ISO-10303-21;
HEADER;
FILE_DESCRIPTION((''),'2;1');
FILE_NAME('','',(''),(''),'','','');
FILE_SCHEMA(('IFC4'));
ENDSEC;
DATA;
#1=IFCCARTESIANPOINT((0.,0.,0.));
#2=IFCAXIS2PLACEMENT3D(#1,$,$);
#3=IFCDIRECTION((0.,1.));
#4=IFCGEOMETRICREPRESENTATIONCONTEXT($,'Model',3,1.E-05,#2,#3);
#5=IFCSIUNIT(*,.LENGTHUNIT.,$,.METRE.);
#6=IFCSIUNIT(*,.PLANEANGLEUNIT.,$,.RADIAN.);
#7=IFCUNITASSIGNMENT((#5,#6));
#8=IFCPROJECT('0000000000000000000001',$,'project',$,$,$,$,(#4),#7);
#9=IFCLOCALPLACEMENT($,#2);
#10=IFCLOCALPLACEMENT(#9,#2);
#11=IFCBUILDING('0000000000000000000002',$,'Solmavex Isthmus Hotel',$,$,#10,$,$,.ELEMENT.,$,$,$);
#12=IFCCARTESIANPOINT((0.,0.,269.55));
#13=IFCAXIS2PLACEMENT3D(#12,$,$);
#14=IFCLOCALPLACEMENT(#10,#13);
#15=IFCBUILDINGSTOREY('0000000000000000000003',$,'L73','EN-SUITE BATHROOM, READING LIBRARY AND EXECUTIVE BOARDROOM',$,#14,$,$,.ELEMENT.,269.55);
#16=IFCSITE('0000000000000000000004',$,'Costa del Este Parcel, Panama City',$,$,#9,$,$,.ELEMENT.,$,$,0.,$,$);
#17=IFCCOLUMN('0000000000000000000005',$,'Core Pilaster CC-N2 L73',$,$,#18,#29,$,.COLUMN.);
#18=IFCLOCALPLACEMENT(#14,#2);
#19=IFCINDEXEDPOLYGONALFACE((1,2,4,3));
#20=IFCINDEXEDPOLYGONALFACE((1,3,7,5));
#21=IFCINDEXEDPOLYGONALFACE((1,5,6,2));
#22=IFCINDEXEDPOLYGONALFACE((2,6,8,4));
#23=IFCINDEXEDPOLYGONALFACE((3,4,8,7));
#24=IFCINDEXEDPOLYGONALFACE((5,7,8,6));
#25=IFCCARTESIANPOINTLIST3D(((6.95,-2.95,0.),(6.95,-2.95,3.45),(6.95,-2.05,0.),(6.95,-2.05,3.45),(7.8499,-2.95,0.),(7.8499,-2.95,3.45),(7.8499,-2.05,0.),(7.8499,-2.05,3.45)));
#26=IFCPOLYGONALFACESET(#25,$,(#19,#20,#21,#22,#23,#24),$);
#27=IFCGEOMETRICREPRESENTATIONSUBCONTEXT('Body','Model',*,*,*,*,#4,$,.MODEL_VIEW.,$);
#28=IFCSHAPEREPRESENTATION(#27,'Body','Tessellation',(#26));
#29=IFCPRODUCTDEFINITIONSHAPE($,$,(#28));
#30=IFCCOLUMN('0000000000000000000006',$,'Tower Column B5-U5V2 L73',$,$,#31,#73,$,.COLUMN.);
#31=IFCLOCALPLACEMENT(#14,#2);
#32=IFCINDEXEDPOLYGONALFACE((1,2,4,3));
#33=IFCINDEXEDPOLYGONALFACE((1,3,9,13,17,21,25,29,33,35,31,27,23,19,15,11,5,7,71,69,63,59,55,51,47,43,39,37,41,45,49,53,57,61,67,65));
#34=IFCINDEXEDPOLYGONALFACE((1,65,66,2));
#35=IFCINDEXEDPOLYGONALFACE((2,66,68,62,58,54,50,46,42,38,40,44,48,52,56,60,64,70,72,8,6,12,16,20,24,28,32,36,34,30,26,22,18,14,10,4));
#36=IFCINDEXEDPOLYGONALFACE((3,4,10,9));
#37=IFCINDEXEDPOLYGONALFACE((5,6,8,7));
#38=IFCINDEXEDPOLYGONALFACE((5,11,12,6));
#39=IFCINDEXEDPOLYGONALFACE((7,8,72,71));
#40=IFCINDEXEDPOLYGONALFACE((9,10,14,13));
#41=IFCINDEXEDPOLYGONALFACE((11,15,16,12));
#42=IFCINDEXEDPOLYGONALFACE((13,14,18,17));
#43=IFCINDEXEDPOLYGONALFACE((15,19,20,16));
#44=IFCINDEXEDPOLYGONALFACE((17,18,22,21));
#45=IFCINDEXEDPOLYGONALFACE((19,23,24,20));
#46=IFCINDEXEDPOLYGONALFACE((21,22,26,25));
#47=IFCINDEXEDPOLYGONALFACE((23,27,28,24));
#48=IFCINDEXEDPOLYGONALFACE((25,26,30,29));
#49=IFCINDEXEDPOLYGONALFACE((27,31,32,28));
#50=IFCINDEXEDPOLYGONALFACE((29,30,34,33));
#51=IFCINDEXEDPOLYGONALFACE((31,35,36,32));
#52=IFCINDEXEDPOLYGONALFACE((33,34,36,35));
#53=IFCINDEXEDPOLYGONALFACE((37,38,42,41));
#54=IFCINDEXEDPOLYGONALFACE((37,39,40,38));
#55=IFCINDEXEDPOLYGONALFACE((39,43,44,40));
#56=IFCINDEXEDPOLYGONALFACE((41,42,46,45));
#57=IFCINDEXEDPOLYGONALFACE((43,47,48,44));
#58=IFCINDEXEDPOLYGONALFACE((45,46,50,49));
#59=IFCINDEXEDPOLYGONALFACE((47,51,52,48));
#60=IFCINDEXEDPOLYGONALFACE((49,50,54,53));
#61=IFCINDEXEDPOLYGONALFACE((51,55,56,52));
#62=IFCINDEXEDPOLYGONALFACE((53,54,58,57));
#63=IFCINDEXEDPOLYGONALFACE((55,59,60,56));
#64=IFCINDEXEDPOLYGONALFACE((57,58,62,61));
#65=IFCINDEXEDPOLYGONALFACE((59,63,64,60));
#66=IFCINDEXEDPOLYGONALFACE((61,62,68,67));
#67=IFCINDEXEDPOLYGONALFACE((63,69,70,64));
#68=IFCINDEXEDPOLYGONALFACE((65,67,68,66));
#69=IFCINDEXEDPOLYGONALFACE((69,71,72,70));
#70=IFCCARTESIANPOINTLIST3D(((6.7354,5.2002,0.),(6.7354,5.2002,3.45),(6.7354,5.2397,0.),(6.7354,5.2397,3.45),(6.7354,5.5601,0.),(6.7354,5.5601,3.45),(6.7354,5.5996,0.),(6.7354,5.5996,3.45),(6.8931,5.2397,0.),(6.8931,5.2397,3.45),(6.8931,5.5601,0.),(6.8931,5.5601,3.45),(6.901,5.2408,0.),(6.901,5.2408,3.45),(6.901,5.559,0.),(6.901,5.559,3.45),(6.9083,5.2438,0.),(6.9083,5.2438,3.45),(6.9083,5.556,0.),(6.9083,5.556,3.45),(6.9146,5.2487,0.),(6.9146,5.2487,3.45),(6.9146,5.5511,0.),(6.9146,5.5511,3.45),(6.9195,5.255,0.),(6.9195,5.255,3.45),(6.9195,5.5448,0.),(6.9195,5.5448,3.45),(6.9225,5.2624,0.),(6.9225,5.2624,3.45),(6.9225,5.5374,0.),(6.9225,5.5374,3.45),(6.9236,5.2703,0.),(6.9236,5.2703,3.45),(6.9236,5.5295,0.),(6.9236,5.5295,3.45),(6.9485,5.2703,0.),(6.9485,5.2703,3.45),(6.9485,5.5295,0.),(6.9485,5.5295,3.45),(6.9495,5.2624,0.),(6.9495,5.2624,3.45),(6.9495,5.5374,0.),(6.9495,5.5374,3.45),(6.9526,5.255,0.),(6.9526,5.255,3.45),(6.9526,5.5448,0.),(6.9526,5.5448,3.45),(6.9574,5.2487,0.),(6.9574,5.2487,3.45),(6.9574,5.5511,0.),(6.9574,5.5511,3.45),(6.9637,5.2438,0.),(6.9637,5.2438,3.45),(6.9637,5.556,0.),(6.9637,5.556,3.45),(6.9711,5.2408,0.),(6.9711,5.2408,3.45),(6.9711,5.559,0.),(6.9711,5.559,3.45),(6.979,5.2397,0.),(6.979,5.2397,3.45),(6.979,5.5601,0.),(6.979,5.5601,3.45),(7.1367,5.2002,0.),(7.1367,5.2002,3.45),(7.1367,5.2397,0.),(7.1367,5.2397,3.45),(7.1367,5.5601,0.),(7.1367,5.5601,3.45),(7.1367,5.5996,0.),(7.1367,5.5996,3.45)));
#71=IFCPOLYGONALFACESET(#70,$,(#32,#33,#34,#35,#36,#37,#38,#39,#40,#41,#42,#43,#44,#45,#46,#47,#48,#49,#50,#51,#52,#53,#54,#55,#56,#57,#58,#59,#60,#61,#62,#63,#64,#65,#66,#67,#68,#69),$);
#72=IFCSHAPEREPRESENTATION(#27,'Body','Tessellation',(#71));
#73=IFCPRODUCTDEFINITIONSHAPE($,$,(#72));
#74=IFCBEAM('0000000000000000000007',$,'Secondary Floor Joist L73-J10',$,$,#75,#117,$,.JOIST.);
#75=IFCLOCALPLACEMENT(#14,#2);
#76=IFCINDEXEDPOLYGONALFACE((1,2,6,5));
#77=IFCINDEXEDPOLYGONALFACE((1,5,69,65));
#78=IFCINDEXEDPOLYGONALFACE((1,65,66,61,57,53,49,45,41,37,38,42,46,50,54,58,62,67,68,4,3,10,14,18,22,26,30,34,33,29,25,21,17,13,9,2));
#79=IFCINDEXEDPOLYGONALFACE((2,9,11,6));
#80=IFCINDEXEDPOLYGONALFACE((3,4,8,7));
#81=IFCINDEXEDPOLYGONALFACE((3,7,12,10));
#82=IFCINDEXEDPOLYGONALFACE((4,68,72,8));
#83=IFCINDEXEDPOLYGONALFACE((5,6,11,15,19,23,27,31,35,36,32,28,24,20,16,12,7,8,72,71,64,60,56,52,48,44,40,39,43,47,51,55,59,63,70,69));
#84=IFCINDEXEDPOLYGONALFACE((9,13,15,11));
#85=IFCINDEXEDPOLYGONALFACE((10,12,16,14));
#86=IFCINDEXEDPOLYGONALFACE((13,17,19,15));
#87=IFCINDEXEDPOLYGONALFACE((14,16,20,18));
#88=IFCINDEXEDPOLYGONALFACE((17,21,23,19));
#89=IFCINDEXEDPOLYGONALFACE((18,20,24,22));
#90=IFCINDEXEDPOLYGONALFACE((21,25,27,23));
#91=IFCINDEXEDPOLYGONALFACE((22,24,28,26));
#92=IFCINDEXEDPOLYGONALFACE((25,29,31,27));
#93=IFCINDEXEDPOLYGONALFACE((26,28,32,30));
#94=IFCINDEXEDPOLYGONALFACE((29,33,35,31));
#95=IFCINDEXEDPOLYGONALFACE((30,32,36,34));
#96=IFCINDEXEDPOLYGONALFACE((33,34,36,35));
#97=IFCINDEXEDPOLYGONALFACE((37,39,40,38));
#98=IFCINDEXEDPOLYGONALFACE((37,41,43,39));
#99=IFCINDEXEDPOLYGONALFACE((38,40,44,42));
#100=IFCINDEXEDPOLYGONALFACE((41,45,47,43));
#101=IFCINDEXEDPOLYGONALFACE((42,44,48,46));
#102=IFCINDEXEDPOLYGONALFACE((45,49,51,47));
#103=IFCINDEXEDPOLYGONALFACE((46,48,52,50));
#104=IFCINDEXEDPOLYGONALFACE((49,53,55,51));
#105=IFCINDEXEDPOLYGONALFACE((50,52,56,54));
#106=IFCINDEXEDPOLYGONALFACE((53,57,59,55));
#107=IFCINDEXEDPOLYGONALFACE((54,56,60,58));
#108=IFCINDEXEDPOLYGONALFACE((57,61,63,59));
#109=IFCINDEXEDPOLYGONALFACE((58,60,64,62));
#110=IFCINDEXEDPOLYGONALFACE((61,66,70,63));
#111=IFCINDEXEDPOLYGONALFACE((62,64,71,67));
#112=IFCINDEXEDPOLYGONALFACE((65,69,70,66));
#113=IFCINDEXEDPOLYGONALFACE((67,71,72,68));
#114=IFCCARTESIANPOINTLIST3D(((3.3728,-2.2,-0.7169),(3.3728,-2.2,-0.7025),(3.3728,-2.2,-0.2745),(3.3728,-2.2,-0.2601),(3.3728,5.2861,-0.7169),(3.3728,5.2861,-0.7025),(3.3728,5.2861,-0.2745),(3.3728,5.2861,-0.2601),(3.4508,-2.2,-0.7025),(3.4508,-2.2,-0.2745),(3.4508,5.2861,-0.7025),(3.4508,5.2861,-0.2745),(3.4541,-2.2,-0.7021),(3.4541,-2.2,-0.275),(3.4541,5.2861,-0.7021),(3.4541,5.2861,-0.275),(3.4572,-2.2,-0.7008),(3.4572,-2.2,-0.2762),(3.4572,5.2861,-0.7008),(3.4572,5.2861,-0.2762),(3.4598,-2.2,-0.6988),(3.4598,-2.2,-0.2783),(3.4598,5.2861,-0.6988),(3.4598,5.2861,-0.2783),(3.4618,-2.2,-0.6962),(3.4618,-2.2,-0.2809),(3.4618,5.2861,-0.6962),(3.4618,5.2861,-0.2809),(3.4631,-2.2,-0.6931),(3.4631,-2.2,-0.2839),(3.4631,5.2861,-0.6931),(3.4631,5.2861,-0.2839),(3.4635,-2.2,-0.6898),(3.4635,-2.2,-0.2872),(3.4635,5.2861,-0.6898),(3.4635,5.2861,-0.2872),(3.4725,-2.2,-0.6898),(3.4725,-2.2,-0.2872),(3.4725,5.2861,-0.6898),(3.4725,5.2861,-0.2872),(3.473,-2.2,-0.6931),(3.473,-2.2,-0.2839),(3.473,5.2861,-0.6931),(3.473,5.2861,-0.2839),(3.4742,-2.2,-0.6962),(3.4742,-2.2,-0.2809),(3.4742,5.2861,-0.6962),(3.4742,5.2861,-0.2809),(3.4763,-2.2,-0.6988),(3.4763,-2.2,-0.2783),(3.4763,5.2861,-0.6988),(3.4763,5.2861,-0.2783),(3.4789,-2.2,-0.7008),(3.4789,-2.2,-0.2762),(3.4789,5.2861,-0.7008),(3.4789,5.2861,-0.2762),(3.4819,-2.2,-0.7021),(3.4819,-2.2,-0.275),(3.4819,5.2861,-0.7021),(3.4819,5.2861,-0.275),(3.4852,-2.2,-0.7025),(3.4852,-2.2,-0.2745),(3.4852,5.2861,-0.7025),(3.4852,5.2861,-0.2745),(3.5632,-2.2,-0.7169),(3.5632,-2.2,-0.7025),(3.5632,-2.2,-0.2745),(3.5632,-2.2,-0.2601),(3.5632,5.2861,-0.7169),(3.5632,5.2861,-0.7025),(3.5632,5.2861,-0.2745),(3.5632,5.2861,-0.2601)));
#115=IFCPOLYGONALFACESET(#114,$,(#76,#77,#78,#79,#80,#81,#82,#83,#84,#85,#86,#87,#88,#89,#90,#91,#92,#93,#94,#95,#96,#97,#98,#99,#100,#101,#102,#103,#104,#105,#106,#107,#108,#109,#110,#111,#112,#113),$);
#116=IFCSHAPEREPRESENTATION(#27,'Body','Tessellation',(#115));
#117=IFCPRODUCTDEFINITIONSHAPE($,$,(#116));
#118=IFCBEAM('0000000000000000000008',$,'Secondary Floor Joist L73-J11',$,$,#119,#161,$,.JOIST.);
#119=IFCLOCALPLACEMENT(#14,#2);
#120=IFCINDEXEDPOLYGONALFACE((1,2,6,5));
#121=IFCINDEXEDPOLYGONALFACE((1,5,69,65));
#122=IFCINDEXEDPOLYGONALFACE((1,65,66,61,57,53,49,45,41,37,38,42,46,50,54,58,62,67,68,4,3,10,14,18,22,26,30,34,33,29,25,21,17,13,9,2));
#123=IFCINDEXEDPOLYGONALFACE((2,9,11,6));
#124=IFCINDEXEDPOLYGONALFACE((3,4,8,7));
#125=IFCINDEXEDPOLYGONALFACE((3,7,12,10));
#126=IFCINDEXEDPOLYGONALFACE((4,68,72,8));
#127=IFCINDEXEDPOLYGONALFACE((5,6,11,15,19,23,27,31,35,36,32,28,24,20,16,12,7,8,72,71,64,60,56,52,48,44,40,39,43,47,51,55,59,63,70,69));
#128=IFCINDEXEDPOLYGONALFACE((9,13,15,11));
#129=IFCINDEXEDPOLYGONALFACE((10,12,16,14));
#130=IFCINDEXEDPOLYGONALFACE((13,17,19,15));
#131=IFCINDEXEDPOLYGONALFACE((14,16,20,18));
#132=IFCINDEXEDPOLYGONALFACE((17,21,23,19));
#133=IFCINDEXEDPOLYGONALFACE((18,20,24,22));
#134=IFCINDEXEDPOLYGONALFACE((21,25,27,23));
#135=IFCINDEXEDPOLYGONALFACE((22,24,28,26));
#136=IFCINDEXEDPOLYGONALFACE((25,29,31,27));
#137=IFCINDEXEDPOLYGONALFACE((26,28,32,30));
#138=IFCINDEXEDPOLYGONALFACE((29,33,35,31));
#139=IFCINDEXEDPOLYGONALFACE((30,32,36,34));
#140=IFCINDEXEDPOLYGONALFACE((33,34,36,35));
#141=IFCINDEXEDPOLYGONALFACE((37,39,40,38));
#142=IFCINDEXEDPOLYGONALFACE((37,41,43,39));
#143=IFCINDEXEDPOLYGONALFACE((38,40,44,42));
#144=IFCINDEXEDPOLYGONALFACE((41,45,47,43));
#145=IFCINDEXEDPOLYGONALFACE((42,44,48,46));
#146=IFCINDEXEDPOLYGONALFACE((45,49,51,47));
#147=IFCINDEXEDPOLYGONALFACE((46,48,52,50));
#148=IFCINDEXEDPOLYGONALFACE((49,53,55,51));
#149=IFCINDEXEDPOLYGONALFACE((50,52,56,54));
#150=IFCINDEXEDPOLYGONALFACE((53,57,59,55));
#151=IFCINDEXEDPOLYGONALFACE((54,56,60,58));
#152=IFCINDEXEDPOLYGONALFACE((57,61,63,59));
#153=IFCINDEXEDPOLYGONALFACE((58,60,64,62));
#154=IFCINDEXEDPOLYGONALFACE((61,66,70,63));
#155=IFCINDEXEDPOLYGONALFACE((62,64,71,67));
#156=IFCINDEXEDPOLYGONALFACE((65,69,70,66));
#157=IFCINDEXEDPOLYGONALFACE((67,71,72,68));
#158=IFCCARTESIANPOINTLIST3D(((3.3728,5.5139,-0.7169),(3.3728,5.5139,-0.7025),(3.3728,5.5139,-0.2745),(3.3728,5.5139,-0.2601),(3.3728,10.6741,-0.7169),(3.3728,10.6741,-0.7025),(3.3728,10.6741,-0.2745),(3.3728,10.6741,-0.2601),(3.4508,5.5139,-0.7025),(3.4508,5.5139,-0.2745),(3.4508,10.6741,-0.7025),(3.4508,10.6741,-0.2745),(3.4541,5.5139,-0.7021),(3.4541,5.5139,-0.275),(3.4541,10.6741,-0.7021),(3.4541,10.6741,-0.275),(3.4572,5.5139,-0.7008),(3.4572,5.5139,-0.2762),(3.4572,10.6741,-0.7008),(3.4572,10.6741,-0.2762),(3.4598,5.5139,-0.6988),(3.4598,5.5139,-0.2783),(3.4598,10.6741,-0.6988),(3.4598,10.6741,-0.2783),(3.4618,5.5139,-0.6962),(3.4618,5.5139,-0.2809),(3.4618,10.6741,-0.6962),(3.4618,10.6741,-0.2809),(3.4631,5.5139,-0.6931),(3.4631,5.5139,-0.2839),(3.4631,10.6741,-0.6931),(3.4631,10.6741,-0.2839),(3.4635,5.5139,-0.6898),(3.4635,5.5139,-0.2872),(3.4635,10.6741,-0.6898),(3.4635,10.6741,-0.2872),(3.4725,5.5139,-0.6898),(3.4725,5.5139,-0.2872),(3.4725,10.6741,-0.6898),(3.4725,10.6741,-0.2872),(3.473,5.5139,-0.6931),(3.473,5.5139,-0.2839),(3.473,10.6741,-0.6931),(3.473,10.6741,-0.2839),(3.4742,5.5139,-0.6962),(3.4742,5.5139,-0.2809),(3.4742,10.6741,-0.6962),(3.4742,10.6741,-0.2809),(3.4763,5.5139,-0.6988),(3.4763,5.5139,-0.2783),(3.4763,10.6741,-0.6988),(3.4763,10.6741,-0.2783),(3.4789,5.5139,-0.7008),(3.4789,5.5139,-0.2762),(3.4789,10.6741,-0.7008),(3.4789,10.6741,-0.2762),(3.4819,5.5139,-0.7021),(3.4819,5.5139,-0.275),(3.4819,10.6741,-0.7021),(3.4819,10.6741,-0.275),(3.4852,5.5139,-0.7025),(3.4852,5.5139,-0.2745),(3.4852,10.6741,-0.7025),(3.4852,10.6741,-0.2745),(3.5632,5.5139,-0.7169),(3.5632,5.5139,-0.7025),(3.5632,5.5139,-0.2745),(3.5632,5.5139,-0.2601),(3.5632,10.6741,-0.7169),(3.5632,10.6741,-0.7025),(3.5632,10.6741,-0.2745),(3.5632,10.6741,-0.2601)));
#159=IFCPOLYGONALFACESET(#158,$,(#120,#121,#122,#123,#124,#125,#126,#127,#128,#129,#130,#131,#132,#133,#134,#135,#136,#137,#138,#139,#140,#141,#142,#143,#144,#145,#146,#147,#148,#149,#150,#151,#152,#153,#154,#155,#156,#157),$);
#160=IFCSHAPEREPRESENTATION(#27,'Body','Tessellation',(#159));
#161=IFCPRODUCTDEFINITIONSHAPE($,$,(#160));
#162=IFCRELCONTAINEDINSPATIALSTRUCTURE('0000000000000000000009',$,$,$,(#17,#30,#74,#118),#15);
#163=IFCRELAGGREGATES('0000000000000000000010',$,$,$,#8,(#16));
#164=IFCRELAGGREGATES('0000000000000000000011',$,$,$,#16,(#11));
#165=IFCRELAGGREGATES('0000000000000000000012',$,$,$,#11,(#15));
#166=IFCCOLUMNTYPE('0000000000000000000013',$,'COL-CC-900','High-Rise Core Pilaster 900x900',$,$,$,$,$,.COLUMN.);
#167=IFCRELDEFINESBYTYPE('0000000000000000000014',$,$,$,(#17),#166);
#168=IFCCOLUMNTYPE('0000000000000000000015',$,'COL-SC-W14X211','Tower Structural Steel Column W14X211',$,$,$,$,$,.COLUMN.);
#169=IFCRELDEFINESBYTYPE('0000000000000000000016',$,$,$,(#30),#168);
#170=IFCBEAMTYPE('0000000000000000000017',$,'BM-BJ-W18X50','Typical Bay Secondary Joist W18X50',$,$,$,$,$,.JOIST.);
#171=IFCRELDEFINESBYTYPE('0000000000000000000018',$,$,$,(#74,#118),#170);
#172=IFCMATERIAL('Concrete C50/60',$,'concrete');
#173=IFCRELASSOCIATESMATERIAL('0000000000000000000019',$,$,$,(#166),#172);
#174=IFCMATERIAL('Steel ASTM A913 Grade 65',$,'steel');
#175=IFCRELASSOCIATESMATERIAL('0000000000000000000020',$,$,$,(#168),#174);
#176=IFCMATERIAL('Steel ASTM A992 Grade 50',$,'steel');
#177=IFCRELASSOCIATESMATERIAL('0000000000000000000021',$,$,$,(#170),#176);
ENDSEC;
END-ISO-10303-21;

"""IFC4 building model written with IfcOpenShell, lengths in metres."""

from ifc_helpers import new_model, si_unit, direction, frame, origin, origin_2d, place, context, subcontext, project, spatial, rectangle, i_section, extrude, material, material_profile, profile_set, type_object, element, save


model = new_model("IFC4")

# Units and contexts
model_context = context("Model", 3, precision=1e-05, world=origin(), true_north=direction((0.0, 1.0)))
body_context = subcontext(model_context, "Body", "Model", "MODEL_VIEW")
ifc_project = project(units=[si_unit("LENGTHUNIT", "METRE"), si_unit("PLANEANGLEUNIT", "RADIAN")], contexts=[model_context])

# Site, building, storey
site_placement = place(None, origin())
site = spatial("IfcSite", under=ifc_project, at=site_placement, Name="Costa del Este Parcel, Panama City", CompositionType="ELEMENT", RefElevation=0.0)
building_placement = place(site_placement, origin())
building = spatial("IfcBuilding", under=site, at=building_placement, Name="Solmavex Isthmus Hotel", CompositionType="ELEMENT")
storey_placement = place(building_placement, frame((0.0, 0.0, 269.55)))
storey = spatial("IfcBuildingStorey", under=building, at=storey_placement, Name="L73", Description="EN-SUITE BATHROOM, READING LIBRARY AND EXECUTIVE BOARDROOM", CompositionType="ELEMENT", Elevation=269.55)

# Columns
ifc_material_1 = material(Name="Concrete C50/60", Category="concrete")
ifc_material_profile_1 = material_profile(ifc_material_1, rectangle(XDim=0.8999, YDim=0.8999, at=origin_2d()), Name="RC900X900")
ifc_profile_set_1 = profile_set([ifc_material_profile_1], Name="Concrete C50/60")
column_type_1 = type_object("IfcColumnType", Name="COL-CC-900", Description="High-Rise Core Pilaster 900x900", PredefinedType="COLUMN", material=ifc_profile_set_1)
column_1_placement = place(storey_placement, frame((7.3999, -2.5, 0.0), z_axis=(0.0, 0.0, 1.0), x_axis=(1.0, 0.0, 0.0)))
element("IfcColumn", 1, at=column_1_placement, inside=storey, type_object=column_type_1, Name="Core Pilaster CC-N2 L73", PredefinedType="COLUMN", context=body_context, shape_type="SweptSolid", body=[
    extrude(rectangle(XDim=0.8999, YDim=0.8999, at=origin_2d()), origin(), (0.0, 0.0, 1.0), 3.45),
])
ifc_material_2 = material(Name="Steel ASTM A913 Grade 65", Category="steel")
ifc_material_profile_2 = material_profile(ifc_material_2, i_section(OverallWidth=0.4014, OverallDepth=0.3994, WebThickness=0.0249, FlangeThickness=0.0396, FilletRadius=0.0305, at=origin_2d()), Name="W14X211")
ifc_profile_set_2 = profile_set([ifc_material_profile_2], Name="Steel ASTM A913 Grade 65")
column_type_2 = type_object("IfcColumnType", Name="COL-SC-W14X211", Description="Tower Structural Steel Column W14X211", PredefinedType="COLUMN", material=ifc_profile_set_2)
column_2_placement = place(storey_placement, frame((6.936, 5.3999, 0.0), z_axis=(0.0, 0.0, 1.0), x_axis=(1.0, 0.0, 0.0)))
element("IfcColumn", 2, at=column_2_placement, inside=storey, type_object=column_type_2, Name="Tower Column B5-U5V2 L73", PredefinedType="COLUMN", context=body_context, shape_type="SweptSolid", body=[
    extrude(i_section(OverallWidth=0.4014, OverallDepth=0.3994, WebThickness=0.0249, FlangeThickness=0.0396, FilletRadius=0.0305, at=origin_2d()), origin(), (0.0, 0.0, 1.0), 3.45),
])

# Beams
ifc_material_3 = material(Name="Steel ASTM A992 Grade 50", Category="steel")
ifc_material_profile_3 = material_profile(ifc_material_3, i_section(OverallWidth=0.1904, OverallDepth=0.4568, WebThickness=0.009, FlangeThickness=0.0144, FilletRadius=0.0127, at=origin_2d()), Name="W18X50")
ifc_profile_set_3 = profile_set([ifc_material_profile_3], Name="Steel ASTM A992 Grade 50")
beam_type_1 = type_object("IfcBeamType", Name="BM-BJ-W18X50", Description="Typical Bay Secondary Joist W18X50", PredefinedType="JOIST", material=ifc_profile_set_3)
beam_1_placement = place(storey_placement, frame((3.468, -2.2, -0.4885), z_axis=(0.0, 1.0, 0.0), x_axis=(-1.0, 0.0, 0.0)))
element("IfcBeam", 3, at=beam_1_placement, inside=storey, type_object=beam_type_1, Name="Secondary Floor Joist L73-J10", PredefinedType="JOIST", context=body_context, shape_type="SweptSolid", body=[
    extrude(i_section(OverallWidth=0.1904, OverallDepth=0.4568, WebThickness=0.009, FlangeThickness=0.0144, FilletRadius=0.0127, at=origin_2d()), origin(), (0.0, 0.0, 1.0), 7.4861),
])
beam_2_placement = place(storey_placement, frame((3.468, 5.5139, -0.4885), z_axis=(0.0, 1.0, 0.0), x_axis=(-1.0, 0.0, 0.0)))
element("IfcBeam", 4, at=beam_2_placement, inside=storey, type_object=beam_type_1, Name="Secondary Floor Joist L73-J11", PredefinedType="JOIST", context=body_context, shape_type="SweptSolid", body=[
    extrude(i_section(OverallWidth=0.1904, OverallDepth=0.4568, WebThickness=0.009, FlangeThickness=0.0144, FilletRadius=0.0127, at=origin_2d()), origin(), (0.0, 0.0, 1.0), 5.1602),
])

save(model, "model.ifc")
